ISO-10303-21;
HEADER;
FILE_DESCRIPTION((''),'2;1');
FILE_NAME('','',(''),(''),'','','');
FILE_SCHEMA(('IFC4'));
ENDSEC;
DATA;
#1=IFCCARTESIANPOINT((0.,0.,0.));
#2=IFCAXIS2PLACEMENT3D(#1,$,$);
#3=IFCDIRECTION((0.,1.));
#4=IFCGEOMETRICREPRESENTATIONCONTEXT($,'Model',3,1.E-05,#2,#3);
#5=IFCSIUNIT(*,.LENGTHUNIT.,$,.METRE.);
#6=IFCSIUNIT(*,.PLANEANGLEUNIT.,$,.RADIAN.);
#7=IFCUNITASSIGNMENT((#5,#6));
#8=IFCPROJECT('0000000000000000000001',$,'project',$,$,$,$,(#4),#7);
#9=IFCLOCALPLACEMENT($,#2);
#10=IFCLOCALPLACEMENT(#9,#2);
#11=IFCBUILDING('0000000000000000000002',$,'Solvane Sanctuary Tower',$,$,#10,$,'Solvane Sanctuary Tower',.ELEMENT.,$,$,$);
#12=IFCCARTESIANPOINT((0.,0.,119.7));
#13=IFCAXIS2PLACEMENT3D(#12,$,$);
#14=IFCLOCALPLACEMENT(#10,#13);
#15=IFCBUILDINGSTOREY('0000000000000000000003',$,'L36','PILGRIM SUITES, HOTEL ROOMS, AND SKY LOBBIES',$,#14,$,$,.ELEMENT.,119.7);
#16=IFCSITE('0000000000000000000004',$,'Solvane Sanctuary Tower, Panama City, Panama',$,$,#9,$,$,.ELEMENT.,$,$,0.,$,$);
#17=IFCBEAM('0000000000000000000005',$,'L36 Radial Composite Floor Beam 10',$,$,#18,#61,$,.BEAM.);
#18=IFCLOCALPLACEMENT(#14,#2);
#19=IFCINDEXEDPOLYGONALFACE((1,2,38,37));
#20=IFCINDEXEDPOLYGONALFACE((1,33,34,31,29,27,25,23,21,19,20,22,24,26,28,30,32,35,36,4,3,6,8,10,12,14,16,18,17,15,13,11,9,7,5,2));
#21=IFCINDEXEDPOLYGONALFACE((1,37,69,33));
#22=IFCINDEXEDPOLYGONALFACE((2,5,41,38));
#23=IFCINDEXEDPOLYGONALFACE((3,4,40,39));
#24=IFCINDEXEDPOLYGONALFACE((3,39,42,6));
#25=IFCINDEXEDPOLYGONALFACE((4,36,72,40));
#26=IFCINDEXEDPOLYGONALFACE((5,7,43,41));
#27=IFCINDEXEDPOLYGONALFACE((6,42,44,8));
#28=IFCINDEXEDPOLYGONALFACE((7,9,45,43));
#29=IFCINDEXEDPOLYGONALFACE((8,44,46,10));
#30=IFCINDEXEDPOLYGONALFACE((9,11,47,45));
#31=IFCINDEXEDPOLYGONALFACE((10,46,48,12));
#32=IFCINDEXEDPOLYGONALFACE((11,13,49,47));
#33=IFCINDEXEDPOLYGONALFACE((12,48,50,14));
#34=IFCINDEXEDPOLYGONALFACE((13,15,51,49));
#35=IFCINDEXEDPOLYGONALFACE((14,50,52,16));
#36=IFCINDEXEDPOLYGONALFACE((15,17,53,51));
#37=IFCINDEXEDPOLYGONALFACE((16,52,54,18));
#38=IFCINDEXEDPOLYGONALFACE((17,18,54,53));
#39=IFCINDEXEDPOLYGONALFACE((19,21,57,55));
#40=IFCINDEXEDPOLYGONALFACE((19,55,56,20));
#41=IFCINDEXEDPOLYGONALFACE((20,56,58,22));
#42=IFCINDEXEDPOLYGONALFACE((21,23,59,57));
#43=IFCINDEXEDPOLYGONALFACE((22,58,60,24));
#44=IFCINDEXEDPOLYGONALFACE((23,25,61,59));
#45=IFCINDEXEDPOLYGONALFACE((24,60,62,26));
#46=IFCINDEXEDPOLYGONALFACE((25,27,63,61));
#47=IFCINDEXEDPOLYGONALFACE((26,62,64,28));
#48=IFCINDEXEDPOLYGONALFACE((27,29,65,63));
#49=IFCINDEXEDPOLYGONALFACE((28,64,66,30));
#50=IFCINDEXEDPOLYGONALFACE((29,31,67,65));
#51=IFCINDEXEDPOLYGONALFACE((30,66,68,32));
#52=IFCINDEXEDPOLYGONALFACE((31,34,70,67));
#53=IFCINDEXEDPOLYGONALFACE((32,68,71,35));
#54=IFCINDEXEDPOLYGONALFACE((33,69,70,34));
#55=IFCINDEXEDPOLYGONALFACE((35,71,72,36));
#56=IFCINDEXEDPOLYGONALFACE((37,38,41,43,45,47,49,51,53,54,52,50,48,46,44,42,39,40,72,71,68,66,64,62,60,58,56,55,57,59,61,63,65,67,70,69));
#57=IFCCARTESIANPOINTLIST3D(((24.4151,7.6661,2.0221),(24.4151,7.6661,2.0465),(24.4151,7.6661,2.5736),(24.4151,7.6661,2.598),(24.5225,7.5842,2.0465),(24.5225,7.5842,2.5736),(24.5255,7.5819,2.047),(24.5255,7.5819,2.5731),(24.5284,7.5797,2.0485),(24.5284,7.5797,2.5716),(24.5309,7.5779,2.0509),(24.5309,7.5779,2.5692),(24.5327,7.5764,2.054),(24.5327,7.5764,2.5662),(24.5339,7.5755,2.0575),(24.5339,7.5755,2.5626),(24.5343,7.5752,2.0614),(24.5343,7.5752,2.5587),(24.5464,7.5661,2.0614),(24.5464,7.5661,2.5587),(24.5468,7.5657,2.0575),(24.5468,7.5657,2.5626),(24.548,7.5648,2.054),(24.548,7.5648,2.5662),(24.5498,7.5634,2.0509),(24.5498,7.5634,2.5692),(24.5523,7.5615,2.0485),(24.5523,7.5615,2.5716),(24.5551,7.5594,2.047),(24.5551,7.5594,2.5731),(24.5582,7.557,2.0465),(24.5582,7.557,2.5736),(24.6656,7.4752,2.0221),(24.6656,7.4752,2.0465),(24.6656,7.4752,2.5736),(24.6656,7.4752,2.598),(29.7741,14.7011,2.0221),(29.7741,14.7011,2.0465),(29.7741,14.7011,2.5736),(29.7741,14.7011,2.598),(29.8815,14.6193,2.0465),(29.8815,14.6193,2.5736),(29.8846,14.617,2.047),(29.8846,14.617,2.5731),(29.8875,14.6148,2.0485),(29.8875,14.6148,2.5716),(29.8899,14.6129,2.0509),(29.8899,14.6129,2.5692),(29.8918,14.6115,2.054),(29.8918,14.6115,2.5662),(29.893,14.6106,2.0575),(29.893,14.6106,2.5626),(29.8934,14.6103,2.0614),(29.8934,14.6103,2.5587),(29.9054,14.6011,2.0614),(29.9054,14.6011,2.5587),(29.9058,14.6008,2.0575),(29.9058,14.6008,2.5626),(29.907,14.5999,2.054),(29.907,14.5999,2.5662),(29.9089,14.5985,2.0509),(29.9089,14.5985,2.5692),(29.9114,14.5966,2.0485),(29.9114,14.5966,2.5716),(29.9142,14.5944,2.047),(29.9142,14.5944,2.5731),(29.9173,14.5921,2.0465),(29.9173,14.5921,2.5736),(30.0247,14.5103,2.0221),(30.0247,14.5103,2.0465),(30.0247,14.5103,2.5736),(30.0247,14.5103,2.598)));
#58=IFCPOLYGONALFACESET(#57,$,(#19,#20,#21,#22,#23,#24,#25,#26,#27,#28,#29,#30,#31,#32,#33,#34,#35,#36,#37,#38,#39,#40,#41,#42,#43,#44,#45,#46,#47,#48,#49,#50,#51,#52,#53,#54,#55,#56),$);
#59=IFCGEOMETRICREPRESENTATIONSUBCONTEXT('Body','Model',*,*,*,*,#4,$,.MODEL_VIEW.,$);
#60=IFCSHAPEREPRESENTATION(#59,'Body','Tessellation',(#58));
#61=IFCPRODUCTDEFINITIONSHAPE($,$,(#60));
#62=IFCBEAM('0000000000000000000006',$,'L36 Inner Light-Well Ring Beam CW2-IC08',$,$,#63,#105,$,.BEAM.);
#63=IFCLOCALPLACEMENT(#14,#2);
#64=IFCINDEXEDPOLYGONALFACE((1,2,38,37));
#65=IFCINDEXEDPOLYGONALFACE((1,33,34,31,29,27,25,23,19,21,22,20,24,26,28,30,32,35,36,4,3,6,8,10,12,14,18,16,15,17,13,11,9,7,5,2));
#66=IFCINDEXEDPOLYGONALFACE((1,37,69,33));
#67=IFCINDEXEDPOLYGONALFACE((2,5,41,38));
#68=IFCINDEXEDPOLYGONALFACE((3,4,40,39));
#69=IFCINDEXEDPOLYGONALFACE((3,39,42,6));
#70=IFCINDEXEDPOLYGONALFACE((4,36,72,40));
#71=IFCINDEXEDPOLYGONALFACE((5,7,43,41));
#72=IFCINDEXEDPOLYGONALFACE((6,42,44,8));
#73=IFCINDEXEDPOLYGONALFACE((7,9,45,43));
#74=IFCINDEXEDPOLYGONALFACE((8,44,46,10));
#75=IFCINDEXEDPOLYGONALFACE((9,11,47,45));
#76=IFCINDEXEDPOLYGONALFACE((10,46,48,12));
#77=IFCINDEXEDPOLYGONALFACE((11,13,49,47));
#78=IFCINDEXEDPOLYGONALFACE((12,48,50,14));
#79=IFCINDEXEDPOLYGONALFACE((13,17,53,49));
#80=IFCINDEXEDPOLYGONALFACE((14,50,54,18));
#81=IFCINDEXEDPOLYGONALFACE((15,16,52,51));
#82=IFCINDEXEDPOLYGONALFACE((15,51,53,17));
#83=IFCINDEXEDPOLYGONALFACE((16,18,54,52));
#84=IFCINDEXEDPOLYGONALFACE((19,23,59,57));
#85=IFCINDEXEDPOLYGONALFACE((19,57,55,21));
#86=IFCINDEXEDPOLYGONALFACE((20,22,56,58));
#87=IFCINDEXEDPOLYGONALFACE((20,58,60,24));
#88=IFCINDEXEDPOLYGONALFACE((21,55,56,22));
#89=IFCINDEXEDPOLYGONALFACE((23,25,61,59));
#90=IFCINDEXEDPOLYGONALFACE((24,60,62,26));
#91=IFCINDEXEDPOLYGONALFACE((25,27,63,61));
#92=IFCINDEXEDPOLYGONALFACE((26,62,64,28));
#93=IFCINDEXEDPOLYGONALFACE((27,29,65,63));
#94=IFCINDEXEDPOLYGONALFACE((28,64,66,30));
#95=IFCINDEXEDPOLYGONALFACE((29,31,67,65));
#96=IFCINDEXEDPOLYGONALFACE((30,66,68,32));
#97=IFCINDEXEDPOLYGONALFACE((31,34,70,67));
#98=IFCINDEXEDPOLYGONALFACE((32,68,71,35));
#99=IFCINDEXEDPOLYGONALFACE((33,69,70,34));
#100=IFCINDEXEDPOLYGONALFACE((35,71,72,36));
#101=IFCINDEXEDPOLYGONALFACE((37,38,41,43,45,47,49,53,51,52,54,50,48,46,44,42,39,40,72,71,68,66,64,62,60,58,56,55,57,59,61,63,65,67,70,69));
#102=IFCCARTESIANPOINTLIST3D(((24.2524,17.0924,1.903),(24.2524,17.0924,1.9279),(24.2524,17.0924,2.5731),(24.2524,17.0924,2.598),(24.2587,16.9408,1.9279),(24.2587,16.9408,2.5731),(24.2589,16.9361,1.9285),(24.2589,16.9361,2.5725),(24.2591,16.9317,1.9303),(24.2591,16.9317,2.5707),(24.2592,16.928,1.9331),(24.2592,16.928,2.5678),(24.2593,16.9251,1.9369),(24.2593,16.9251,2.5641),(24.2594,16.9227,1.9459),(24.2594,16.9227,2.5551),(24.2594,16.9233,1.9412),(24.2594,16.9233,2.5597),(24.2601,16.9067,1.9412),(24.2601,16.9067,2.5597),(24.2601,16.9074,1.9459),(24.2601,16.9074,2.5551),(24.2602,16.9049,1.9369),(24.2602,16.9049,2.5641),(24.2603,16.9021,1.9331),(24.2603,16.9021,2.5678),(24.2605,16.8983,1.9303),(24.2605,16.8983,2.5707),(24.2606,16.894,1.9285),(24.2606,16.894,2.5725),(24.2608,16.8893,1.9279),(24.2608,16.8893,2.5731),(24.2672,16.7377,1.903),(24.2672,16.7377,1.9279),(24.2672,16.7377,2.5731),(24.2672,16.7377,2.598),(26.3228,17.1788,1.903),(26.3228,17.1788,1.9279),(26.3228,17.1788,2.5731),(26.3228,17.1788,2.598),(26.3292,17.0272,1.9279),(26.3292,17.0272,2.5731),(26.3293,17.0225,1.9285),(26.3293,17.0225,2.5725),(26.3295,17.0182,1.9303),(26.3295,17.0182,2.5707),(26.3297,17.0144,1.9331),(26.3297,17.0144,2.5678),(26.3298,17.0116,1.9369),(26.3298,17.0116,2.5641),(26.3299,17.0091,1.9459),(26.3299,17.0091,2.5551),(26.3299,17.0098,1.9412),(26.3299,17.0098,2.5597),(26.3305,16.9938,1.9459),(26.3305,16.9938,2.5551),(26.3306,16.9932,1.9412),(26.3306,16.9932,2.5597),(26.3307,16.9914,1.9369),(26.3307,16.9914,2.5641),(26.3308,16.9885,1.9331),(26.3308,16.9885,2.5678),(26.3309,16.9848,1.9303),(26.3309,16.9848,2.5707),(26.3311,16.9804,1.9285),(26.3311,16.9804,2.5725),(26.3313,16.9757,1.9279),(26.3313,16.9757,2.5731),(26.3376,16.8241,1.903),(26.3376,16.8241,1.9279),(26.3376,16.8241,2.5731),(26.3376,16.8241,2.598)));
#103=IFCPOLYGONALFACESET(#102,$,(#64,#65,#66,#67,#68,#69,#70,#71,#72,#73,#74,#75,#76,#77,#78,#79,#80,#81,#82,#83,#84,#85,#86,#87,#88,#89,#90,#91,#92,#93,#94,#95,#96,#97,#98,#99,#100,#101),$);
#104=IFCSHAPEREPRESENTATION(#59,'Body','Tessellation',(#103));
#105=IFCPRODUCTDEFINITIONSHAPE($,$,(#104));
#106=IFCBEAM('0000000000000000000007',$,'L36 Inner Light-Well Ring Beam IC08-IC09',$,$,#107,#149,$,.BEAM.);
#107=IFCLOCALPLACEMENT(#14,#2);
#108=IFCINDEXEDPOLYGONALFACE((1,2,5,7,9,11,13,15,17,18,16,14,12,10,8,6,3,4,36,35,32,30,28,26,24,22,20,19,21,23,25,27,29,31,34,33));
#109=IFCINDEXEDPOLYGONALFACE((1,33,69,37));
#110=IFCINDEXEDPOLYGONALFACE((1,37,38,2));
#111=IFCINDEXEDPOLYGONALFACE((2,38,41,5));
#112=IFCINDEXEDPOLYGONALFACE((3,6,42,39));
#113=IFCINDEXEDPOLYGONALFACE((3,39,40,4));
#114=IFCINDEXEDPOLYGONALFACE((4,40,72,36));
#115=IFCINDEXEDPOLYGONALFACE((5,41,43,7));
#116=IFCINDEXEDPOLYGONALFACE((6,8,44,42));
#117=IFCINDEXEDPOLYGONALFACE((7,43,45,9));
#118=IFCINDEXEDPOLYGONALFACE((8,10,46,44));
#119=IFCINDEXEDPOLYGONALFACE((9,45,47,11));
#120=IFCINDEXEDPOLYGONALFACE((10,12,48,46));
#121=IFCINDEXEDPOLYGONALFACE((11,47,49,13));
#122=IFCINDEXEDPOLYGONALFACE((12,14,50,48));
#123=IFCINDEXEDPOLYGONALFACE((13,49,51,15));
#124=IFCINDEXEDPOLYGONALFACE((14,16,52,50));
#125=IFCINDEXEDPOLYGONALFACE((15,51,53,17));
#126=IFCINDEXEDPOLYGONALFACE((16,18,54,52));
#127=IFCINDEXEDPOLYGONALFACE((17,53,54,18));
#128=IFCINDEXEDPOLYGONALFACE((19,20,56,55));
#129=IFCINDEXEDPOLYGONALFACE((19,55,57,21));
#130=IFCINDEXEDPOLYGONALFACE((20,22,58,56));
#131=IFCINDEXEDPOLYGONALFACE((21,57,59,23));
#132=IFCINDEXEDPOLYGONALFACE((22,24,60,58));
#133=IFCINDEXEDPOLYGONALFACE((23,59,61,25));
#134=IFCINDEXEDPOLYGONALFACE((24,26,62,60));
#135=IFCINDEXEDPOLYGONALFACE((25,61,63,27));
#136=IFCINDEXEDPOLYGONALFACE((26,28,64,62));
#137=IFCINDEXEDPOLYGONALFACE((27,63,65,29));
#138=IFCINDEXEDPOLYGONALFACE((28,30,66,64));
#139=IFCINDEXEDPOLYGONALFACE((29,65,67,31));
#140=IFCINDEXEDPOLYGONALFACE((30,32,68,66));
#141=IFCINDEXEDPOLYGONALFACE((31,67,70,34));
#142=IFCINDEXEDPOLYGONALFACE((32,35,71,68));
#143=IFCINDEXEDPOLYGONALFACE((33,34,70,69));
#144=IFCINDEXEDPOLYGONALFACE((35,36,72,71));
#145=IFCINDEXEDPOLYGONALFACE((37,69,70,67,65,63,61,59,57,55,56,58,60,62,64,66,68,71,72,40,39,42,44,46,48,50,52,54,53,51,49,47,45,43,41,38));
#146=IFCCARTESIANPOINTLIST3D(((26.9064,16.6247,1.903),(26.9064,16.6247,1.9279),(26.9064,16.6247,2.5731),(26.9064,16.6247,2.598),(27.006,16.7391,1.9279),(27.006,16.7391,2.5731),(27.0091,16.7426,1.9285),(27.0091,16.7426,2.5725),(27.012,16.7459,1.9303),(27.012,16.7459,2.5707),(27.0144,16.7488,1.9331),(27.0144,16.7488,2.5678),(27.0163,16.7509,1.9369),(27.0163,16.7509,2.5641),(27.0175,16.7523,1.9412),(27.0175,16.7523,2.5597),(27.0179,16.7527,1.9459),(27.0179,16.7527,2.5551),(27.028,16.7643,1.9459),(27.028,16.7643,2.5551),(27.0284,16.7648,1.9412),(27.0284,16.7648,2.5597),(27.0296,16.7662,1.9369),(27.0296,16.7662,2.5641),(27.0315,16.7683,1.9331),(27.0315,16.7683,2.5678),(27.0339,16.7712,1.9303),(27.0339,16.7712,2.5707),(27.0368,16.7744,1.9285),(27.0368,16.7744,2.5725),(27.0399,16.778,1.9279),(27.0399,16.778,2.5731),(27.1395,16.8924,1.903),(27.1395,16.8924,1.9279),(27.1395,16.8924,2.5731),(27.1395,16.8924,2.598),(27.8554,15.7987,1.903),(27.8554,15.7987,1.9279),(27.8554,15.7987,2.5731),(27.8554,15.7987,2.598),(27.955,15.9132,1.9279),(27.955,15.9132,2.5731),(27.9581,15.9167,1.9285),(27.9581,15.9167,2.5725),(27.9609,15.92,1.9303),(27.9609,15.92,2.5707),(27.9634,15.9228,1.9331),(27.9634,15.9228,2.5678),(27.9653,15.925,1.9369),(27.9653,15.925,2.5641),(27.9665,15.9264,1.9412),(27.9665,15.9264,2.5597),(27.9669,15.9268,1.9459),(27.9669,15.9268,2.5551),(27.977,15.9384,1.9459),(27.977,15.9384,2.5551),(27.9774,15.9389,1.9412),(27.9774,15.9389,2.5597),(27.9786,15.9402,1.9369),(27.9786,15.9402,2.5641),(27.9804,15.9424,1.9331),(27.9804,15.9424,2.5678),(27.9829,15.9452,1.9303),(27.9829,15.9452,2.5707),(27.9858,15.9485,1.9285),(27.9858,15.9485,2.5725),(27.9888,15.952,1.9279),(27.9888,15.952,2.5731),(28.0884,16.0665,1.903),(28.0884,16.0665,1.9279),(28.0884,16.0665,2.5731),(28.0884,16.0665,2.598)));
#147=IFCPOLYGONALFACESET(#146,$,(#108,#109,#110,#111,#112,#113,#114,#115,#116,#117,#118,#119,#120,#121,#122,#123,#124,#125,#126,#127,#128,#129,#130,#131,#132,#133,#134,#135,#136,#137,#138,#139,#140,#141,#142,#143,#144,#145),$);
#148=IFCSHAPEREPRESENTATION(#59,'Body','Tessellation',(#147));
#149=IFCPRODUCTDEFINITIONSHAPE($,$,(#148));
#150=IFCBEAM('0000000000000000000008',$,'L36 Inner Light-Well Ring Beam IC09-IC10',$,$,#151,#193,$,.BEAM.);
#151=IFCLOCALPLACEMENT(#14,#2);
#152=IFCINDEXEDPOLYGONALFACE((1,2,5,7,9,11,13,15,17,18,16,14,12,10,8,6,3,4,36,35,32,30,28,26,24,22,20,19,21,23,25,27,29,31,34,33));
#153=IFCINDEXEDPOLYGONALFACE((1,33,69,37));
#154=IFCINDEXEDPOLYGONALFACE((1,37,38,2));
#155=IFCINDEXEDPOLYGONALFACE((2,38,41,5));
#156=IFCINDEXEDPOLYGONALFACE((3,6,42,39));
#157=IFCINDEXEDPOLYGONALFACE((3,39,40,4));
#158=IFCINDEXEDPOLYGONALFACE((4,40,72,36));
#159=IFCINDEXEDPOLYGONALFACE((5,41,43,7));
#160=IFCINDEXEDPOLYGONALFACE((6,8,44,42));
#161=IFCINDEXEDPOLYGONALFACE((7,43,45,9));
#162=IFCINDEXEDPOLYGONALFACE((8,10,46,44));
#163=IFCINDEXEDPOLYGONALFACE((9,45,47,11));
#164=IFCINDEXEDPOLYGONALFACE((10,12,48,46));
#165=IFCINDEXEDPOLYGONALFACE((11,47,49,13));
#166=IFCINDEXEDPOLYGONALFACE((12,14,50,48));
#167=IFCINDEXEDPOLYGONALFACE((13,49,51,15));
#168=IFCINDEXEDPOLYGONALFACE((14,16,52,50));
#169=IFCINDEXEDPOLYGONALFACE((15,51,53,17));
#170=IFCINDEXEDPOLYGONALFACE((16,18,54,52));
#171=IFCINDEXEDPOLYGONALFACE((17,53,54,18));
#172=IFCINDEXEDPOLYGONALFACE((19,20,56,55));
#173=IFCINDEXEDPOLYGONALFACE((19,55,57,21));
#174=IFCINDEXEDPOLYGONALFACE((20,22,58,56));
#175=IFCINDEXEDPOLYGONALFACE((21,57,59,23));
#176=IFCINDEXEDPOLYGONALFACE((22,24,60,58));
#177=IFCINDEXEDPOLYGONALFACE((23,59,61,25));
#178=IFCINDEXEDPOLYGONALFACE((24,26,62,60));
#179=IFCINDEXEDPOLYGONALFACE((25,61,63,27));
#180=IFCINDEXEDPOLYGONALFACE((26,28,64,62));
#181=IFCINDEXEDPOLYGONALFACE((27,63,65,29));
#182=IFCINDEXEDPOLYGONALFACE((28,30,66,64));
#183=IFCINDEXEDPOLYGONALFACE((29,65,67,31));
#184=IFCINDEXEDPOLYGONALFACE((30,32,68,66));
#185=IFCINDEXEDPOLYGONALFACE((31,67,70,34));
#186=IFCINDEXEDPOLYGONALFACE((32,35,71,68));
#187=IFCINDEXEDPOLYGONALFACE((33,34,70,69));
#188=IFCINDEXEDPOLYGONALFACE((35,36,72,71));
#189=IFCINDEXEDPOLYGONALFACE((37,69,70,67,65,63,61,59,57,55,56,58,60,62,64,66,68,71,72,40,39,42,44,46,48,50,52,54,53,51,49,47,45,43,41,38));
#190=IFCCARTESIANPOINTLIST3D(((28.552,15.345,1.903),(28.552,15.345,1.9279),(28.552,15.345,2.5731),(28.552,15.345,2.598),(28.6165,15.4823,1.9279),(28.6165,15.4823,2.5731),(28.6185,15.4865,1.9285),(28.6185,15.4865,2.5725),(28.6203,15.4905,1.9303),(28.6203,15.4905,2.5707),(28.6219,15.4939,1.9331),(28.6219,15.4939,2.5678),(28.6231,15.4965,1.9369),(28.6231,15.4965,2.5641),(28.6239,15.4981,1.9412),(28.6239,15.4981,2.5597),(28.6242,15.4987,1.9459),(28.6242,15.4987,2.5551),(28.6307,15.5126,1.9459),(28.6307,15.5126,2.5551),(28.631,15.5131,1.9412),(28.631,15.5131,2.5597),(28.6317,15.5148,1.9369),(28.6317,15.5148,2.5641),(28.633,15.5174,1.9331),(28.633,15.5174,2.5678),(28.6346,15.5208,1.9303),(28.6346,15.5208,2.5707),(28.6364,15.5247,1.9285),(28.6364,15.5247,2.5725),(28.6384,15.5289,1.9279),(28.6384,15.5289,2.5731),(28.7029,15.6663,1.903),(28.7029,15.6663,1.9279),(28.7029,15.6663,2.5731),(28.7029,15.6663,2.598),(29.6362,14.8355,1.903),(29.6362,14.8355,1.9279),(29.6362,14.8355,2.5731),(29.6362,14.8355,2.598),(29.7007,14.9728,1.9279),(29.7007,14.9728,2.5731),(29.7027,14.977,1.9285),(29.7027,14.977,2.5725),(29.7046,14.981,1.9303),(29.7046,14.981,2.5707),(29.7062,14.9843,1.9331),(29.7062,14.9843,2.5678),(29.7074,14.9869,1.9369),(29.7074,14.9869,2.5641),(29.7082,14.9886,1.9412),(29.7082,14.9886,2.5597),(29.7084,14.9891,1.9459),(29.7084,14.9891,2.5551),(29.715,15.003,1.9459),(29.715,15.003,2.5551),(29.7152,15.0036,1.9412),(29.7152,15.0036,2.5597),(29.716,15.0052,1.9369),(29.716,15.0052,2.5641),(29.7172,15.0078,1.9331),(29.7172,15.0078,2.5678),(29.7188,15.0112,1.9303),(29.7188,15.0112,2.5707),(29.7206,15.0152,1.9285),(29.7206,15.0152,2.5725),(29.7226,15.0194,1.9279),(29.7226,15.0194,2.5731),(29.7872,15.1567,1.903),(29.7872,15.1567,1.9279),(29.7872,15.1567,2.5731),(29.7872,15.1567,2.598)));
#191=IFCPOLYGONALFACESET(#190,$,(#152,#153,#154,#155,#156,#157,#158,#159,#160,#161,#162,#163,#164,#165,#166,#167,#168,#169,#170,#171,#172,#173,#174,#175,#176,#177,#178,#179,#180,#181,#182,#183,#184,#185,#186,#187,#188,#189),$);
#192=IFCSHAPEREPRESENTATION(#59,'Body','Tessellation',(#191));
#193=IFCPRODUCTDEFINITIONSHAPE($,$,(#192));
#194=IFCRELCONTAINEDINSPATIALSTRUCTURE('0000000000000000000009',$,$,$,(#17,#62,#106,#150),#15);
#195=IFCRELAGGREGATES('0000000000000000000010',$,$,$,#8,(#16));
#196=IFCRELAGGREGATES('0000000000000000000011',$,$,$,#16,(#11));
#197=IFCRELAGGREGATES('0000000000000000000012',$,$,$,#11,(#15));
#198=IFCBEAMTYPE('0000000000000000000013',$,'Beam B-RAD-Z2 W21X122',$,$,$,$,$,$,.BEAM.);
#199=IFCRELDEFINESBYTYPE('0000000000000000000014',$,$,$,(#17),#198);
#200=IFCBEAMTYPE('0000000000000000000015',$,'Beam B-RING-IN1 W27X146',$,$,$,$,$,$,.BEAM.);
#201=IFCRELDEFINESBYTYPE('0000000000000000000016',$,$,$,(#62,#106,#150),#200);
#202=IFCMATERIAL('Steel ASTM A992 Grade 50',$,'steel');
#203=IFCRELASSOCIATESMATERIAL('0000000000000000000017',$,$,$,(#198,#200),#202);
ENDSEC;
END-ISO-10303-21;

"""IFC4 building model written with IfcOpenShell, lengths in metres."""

from ifc_helpers import new_model, si_unit, direction, frame, origin, origin_2d, place, context, subcontext, project, spatial, i_section, extrude, material, material_profile, profile_set, type_object, element, save


model = new_model("IFC4")

# Units and contexts
model_context = context("Model", 3, precision=1e-05, world=origin(), true_north=direction((0.0, 1.0)))
body_context = subcontext(model_context, "Body", "Model", "MODEL_VIEW")
ifc_project = project(units=[si_unit("LENGTHUNIT", "METRE"), si_unit("PLANEANGLEUNIT", "RADIAN")], contexts=[model_context])

# Site, building, storey
site_placement = place(None, origin())
site = spatial("IfcSite", under=ifc_project, at=site_placement, Name="Solvane Sanctuary Tower, Panama City, Panama", CompositionType="ELEMENT", RefElevation=0.0)
building_placement = place(site_placement, origin())
building = spatial("IfcBuilding", under=site, at=building_placement, Name="Solvane Sanctuary Tower", LongName="Solvane Sanctuary Tower", CompositionType="ELEMENT")
storey_placement = place(building_placement, frame((0.0, 0.0, 119.7)))
storey = spatial("IfcBuildingStorey", under=building, at=storey_placement, Name="L36", Description="PILGRIM SUITES, HOTEL ROOMS, AND SKY LOBBIES", CompositionType="ELEMENT", Elevation=119.7)

# Beams
ifc_material_1 = material(Name="Steel ASTM A992 Grade 50", Category="steel")
ifc_material_profile_1 = material_profile(ifc_material_1, i_section(OverallWidth=0.3149, OverallDepth=0.5759, WebThickness=0.0151, FlangeThickness=0.0244, FilletRadius=0.0149, at=origin_2d()), Name="W21X122")
ifc_profile_set_1 = profile_set([ifc_material_profile_1], Name="Steel ASTM A992 Grade 50")
beam_type_1 = type_object("IfcBeamType", Name="Beam B-RAD-Z2 W21X122", PredefinedType="BEAM", material=ifc_profile_set_1)
beam_1_placement = place(storey_placement, frame((29.8994, 14.6057, 2.3101), z_axis=(-0.605973, -0.795486, 0.0), x_axis=(0.795486, -0.605973, 0.0)))
element("IfcBeam", 1, at=beam_1_placement, inside=storey, type_object=beam_type_1, Name="L36 Radial Composite Floor Beam 10", PredefinedType="BEAM", context=body_context, shape_type="SweptSolid", body=[
    extrude(i_section(OverallWidth=0.3149, OverallDepth=0.5759, WebThickness=0.0151, FlangeThickness=0.0244, FilletRadius=0.0149, at=origin_2d()), origin(), (0.0, 0.0, 1.0), 8.8438),
])
ifc_material_profile_2 = material_profile(ifc_material_1, i_section(OverallWidth=0.355, OverallDepth=0.6951, WebThickness=0.0154, FlangeThickness=0.0249, FilletRadius=0.0181, at=origin_2d()), Name="W27X146")
ifc_profile_set_2 = profile_set([ifc_material_profile_2], Name="Steel ASTM A992 Grade 50")
beam_type_2 = type_object("IfcBeamType", Name="Beam B-RING-IN1 W27X146", PredefinedType="BEAM", material=ifc_profile_set_2)
beam_2_placement = place(storey_placement, frame((24.2598, 16.915, 2.2505), z_axis=(0.99913, 0.041704, 0.0), x_axis=(-0.041704, 0.99913, 0.0)))
element("IfcBeam", 2, at=beam_2_placement, inside=storey, type_object=beam_type_2, Name="L36 Inner Light-Well Ring Beam CW2-IC08", PredefinedType="BEAM", context=body_context, shape_type="SweptSolid", body=[
    extrude(i_section(OverallWidth=0.355, OverallDepth=0.6951, WebThickness=0.0154, FlangeThickness=0.0249, FilletRadius=0.0181, at=origin_2d()), origin(), (0.0, 0.0, 1.0), 2.0723),
])
beam_3_placement = place(storey_placement, frame((27.0229, 16.7585, 2.2505), z_axis=(0.754317, -0.65651, 0.0), x_axis=(0.65651, 0.754317, 0.0)))
element("IfcBeam", 3, at=beam_3_placement, inside=storey, type_object=beam_type_2, Name="L36 Inner Light-Well Ring Beam IC08-IC09", PredefinedType="BEAM", context=body_context, shape_type="SweptSolid", body=[
    extrude(i_section(OverallWidth=0.355, OverallDepth=0.6951, WebThickness=0.0154, FlangeThickness=0.0249, FilletRadius=0.0181, at=origin_2d()), origin(), (0.0, 0.0, 1.0), 1.2581),
])
beam_4_placement = place(storey_placement, frame((28.6274, 15.5056, 2.2505), z_axis=(0.905045, -0.425316, 0.0), x_axis=(0.425316, 0.905045, 0.0)))
element("IfcBeam", 4, at=beam_4_placement, inside=storey, type_object=beam_type_2, Name="L36 Inner Light-Well Ring Beam IC09-IC10", PredefinedType="BEAM", context=body_context, shape_type="SweptSolid", body=[
    extrude(i_section(OverallWidth=0.355, OverallDepth=0.6951, WebThickness=0.0154, FlangeThickness=0.0249, FilletRadius=0.0181, at=origin_2d()), origin(), (0.0, 0.0, 1.0), 1.198),
])

save(model, "model.ifc")
